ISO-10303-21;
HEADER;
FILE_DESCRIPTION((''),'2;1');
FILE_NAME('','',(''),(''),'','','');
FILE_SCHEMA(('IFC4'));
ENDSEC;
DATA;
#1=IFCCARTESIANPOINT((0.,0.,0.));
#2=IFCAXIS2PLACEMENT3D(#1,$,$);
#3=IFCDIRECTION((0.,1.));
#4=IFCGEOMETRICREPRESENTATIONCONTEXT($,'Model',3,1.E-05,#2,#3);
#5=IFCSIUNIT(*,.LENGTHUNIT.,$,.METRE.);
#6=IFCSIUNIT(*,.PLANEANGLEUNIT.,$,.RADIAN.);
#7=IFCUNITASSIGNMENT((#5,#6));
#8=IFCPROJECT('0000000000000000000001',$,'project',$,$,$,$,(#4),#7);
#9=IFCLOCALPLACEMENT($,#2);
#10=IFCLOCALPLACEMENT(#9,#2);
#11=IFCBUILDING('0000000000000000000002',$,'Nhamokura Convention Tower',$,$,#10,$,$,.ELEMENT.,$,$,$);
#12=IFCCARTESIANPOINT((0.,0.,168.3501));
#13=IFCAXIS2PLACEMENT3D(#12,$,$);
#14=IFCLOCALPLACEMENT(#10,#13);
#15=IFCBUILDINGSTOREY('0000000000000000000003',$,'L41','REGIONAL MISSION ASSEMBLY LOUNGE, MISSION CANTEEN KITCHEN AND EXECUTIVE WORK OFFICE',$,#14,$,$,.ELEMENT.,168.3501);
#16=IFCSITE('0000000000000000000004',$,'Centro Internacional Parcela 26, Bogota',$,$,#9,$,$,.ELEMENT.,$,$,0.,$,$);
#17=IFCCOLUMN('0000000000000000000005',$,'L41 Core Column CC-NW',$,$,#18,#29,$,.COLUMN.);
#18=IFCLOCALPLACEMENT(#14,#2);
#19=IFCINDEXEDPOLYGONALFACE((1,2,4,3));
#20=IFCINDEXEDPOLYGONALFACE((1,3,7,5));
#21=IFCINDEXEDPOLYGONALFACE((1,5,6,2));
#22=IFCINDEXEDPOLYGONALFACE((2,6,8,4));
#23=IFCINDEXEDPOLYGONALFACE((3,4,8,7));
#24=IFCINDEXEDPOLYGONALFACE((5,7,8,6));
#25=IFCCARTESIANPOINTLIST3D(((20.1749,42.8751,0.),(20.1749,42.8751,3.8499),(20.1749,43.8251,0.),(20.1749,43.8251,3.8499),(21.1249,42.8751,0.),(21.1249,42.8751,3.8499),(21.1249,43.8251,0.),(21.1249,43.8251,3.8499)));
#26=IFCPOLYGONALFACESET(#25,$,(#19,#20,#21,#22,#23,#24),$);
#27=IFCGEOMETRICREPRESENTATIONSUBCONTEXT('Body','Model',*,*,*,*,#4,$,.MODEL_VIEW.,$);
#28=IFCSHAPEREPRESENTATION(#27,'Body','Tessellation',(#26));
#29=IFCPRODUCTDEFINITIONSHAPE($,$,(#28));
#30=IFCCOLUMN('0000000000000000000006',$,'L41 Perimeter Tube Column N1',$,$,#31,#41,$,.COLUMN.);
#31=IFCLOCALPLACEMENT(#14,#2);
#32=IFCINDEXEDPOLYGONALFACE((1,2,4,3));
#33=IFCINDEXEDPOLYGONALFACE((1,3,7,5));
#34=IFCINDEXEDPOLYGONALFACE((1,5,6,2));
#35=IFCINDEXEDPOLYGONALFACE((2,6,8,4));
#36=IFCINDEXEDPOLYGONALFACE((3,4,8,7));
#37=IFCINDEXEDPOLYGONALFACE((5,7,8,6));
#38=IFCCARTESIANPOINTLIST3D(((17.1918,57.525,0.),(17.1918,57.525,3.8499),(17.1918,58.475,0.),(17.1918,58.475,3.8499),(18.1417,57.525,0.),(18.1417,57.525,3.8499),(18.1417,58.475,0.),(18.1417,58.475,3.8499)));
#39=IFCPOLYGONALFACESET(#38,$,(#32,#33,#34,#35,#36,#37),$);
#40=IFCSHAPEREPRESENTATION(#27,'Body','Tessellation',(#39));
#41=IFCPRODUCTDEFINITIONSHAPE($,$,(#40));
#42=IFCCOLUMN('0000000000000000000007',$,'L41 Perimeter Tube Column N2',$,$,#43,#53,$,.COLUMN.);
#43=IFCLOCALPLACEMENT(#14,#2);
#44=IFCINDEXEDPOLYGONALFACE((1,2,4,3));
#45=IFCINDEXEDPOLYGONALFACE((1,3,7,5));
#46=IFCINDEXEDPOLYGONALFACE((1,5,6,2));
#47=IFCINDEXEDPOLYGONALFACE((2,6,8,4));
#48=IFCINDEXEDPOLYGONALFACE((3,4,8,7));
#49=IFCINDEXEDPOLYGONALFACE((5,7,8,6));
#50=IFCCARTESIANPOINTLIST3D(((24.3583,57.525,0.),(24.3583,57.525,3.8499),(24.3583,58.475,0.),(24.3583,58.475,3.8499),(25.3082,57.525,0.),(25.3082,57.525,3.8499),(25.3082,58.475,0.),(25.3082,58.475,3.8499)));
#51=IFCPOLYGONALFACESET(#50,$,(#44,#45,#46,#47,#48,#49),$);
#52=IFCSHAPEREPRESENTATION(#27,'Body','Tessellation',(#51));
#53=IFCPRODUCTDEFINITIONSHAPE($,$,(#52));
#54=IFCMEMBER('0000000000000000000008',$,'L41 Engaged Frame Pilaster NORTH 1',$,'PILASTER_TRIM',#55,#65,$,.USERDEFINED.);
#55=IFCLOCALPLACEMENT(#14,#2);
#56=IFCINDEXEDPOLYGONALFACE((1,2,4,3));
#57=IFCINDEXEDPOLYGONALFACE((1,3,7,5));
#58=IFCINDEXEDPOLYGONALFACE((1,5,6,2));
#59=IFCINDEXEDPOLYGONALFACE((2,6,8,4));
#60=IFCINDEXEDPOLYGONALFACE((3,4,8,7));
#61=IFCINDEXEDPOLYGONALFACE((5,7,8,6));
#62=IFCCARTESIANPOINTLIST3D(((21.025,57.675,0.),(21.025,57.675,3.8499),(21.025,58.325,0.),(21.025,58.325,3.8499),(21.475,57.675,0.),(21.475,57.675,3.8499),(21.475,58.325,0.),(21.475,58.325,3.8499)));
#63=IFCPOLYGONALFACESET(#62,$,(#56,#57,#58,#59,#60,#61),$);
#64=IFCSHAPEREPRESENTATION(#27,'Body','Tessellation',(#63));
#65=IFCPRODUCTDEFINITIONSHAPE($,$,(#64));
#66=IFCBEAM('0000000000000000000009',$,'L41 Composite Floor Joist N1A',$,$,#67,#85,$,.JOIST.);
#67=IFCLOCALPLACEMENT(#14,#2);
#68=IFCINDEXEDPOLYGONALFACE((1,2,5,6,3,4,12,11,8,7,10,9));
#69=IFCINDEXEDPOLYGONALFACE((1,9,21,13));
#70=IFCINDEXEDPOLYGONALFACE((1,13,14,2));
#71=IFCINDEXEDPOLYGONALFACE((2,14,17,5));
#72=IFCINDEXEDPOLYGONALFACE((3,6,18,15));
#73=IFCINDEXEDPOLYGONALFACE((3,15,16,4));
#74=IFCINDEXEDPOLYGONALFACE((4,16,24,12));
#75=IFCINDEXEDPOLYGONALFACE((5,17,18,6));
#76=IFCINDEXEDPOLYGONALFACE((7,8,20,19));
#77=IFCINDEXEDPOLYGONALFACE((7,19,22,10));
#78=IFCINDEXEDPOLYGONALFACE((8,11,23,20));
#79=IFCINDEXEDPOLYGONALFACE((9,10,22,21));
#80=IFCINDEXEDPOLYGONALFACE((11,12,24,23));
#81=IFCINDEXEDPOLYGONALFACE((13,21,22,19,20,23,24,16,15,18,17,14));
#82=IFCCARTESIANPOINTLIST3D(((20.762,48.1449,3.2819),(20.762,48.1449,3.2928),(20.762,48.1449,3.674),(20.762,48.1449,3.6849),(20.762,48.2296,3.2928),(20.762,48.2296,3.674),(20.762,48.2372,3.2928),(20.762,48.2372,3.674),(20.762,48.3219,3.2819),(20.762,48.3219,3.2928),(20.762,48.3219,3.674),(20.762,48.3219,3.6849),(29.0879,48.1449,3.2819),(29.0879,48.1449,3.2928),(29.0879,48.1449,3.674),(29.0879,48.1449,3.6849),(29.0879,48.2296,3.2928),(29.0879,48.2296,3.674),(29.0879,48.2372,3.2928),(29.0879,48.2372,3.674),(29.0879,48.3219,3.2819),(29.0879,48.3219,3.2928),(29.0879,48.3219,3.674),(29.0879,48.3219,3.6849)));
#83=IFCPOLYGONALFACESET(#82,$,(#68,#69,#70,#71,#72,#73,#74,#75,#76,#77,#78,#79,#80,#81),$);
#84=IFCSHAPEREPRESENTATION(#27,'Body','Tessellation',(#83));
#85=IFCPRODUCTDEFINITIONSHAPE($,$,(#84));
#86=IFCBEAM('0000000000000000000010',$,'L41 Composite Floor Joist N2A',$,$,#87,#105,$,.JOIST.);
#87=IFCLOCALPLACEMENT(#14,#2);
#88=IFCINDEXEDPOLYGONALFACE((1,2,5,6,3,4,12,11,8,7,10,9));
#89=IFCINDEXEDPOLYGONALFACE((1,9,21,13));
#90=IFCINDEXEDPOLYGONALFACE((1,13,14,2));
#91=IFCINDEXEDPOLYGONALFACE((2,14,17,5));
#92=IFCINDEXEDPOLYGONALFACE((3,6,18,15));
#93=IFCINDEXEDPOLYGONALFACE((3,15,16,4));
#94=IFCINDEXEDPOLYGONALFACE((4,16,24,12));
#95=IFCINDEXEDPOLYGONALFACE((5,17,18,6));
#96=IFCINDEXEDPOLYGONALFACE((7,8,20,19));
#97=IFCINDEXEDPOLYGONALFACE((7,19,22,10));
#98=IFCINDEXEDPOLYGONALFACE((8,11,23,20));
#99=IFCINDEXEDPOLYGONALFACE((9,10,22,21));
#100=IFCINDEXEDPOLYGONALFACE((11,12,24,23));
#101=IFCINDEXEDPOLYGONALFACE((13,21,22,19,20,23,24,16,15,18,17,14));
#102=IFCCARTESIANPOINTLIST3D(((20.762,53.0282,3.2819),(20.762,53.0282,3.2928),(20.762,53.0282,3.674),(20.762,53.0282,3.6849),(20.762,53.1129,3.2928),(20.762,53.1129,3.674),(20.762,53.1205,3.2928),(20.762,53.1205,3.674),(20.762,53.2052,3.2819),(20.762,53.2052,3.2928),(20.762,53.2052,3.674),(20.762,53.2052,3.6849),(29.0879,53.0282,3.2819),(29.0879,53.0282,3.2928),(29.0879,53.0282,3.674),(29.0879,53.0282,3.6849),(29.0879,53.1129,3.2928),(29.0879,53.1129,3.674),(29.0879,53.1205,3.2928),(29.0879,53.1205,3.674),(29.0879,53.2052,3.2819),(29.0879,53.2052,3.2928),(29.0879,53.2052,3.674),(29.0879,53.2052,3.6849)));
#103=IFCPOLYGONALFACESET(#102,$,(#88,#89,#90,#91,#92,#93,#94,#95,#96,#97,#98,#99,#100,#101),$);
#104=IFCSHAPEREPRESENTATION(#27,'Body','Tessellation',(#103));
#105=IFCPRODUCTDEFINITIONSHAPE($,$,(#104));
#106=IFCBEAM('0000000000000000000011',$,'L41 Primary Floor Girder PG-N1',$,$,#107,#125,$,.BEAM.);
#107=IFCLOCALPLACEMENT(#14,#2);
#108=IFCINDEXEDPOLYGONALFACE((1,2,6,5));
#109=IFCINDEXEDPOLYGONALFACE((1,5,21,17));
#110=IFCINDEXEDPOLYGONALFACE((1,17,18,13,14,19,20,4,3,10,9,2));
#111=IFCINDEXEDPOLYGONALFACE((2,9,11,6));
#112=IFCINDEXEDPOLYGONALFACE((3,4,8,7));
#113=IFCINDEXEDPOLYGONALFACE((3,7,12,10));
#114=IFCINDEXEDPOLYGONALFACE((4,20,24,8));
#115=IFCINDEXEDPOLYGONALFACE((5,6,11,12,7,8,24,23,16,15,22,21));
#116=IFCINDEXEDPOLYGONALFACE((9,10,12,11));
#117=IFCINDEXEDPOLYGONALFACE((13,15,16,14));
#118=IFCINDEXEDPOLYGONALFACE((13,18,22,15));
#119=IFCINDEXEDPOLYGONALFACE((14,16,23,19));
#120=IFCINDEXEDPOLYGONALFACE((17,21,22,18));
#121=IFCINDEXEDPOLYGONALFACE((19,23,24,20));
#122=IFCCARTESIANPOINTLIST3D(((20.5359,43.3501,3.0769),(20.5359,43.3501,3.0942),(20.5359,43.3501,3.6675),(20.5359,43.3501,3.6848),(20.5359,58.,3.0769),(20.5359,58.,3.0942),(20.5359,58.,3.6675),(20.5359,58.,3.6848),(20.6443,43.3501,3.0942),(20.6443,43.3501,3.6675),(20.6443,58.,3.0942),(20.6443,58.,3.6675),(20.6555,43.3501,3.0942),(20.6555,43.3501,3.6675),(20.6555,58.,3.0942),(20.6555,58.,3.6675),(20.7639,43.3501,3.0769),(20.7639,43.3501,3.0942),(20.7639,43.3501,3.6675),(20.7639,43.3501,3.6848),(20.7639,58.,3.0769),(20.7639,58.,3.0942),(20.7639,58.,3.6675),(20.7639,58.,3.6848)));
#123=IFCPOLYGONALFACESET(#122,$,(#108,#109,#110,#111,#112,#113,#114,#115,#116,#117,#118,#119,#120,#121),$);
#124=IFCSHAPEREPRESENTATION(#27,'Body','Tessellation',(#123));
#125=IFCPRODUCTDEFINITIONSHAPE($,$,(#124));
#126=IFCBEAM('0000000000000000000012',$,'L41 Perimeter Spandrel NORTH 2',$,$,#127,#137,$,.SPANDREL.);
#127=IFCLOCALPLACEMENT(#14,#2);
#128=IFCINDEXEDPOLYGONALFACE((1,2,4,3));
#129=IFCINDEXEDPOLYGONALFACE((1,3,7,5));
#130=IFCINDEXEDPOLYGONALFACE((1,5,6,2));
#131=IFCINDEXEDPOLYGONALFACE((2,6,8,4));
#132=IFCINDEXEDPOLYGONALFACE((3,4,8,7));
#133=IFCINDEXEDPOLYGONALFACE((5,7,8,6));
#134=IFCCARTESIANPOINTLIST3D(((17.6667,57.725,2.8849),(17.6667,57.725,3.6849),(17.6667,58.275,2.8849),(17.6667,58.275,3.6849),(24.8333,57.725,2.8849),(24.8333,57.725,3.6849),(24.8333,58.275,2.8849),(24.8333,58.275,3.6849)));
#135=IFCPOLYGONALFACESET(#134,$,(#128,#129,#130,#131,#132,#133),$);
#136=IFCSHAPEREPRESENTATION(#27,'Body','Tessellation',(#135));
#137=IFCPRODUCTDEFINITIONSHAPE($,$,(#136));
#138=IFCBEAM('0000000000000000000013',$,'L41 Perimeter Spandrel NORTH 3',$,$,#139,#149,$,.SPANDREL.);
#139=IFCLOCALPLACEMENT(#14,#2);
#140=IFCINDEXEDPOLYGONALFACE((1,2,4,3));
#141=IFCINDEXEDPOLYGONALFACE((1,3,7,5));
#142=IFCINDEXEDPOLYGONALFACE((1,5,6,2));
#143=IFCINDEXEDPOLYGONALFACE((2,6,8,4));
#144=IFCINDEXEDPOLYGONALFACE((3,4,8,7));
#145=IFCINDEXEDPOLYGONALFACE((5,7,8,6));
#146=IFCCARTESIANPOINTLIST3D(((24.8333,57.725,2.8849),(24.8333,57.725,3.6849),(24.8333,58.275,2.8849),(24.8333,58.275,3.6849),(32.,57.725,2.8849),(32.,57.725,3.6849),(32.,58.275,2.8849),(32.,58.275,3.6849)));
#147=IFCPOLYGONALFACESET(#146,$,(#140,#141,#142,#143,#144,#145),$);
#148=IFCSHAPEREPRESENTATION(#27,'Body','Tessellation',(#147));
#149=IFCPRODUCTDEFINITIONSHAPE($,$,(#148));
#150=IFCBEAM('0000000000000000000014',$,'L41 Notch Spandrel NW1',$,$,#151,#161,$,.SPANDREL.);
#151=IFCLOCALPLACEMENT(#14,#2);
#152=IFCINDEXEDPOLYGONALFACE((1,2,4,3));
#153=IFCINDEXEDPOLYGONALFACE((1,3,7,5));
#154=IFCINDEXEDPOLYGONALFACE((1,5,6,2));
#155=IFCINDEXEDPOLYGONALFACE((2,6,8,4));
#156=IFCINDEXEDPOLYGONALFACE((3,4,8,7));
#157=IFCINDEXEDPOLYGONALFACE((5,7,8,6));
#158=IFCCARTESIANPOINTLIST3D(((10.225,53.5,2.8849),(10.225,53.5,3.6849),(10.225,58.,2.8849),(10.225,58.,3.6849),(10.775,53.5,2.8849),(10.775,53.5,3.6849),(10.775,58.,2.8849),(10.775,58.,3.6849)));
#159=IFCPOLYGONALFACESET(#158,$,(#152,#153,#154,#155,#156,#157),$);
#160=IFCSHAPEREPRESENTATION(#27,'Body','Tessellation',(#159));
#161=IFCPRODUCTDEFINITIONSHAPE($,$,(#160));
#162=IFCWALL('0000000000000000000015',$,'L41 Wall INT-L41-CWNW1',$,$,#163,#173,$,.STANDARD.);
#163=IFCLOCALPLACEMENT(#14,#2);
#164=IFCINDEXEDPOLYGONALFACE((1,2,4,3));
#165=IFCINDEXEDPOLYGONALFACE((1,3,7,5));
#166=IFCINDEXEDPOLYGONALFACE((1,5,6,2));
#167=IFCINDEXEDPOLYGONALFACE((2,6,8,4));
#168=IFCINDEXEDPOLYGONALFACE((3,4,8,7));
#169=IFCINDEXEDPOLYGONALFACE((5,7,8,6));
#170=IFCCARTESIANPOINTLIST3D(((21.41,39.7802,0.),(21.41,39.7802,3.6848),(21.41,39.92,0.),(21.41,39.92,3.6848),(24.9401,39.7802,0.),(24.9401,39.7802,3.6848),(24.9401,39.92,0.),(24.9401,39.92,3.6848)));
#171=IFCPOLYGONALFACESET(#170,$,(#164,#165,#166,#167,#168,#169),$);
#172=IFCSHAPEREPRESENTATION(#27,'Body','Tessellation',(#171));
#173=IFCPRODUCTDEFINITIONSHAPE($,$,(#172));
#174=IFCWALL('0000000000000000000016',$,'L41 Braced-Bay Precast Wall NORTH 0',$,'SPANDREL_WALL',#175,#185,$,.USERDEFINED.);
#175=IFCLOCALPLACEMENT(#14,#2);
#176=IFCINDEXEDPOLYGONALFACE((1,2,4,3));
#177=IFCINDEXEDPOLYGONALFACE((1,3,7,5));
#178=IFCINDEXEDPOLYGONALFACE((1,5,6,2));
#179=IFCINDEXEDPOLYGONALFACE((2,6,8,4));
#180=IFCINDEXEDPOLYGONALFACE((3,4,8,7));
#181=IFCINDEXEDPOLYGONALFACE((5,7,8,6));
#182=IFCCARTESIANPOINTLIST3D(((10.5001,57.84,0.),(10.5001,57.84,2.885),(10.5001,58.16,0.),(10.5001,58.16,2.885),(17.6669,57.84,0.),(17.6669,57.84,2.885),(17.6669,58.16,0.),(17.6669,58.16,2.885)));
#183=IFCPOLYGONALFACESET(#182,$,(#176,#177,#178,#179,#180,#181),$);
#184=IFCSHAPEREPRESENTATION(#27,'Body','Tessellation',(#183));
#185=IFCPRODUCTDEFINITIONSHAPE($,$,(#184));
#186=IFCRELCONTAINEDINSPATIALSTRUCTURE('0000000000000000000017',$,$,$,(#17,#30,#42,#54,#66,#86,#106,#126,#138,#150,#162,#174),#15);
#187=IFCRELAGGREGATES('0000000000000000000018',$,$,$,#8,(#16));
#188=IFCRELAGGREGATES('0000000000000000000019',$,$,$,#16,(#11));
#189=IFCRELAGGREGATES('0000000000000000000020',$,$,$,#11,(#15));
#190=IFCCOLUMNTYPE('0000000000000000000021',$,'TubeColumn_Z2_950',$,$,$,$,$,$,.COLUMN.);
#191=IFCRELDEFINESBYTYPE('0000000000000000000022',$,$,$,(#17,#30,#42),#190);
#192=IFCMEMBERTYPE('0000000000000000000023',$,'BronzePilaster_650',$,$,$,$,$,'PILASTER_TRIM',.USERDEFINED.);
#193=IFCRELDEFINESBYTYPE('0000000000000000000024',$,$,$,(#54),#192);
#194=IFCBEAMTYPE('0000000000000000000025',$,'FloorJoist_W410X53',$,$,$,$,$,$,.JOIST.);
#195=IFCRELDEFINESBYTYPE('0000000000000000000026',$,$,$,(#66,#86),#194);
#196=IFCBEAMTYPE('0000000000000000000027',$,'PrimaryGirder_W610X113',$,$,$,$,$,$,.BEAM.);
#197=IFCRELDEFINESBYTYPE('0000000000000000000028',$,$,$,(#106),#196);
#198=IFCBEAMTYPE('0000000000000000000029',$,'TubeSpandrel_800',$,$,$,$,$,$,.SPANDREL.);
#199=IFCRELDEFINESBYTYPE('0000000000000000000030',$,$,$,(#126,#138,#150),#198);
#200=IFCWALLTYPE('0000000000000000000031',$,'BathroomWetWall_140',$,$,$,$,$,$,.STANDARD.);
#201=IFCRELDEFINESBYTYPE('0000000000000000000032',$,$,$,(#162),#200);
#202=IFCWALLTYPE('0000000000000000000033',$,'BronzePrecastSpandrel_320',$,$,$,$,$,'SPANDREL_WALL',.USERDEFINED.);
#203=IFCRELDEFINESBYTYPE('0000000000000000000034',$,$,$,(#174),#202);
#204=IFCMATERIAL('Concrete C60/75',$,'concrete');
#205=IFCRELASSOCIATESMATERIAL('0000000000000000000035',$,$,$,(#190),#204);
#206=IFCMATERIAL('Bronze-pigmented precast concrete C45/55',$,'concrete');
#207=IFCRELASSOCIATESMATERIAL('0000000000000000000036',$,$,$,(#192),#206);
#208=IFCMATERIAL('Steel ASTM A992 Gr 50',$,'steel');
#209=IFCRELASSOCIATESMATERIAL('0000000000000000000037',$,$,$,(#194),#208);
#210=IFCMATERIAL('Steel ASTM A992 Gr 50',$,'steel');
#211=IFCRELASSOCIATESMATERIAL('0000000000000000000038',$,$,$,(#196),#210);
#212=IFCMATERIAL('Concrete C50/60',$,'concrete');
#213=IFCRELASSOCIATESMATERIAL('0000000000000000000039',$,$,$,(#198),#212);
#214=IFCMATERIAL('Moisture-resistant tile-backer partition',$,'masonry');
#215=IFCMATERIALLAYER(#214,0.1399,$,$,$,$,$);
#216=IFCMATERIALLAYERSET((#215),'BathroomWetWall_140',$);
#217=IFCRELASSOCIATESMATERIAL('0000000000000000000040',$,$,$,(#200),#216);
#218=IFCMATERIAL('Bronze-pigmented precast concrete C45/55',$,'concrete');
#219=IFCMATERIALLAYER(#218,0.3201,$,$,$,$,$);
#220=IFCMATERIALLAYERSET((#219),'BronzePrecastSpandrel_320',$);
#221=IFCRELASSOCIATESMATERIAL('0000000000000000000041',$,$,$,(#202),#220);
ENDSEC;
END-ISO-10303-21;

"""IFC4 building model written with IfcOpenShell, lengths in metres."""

from ifc_helpers import new_model, si_unit, direction, frame, frame_2d, origin, origin_2d, place, context, subcontext, project, spatial, rectangle, i_section, extrude, material, layer, layer_set, material_profile, profile_set, type_object, element, save


model = new_model("IFC4")

# Units and contexts
model_context = context("Model", 3, precision=1e-05, world=origin(), true_north=direction((0.0, 1.0)))
body_context = subcontext(model_context, "Body", "Model", "MODEL_VIEW")
ifc_project = project(units=[si_unit("LENGTHUNIT", "METRE"), si_unit("PLANEANGLEUNIT", "RADIAN")], contexts=[model_context])

# Site, building, storey
site_placement = place(None, origin())
site = spatial("IfcSite", under=ifc_project, at=site_placement, Name="Centro Internacional Parcela 26, Bogota", CompositionType="ELEMENT", RefElevation=0.0)
building_placement = place(site_placement, origin())
building = spatial("IfcBuilding", under=site, at=building_placement, Name="Nhamokura Convention Tower", CompositionType="ELEMENT")
storey_placement = place(building_placement, frame((0.0, 0.0, 168.3501)))
storey = spatial("IfcBuildingStorey", under=building, at=storey_placement, Name="L41", Description="REGIONAL MISSION ASSEMBLY LOUNGE, MISSION CANTEEN KITCHEN AND EXECUTIVE WORK OFFICE", CompositionType="ELEMENT", Elevation=168.3501)

# Columns
ifc_material_1 = material(Name="Concrete C60/75", Category="concrete")
ifc_material_profile_1 = material_profile(ifc_material_1, rectangle(XDim=0.95, YDim=0.95, at=origin_2d()))
ifc_profile_set_1 = profile_set([ifc_material_profile_1], Name="Concrete C60/75")
column_type = type_object("IfcColumnType", Name="TubeColumn_Z2_950", PredefinedType="COLUMN", material=ifc_profile_set_1)
for number, where, z_axis, x_axis, name in (
    (1, (20.6499, 43.3501, 0.0), (0.0, 0.0, 1.0), (1.0, 0.0, 0.0), "L41 Core Column CC-NW"),
    (2, (17.6667, 58.0, 0.0), (0.0, 0.0, 1.0), (1.0, 0.0, 0.0), "L41 Perimeter Tube Column N1"),
    (3, (24.8333, 58.0, 0.0), (0.0, 0.0, 1.0), (1.0, 0.0, 0.0), "L41 Perimeter Tube Column N2"),
):
    element("IfcColumn", number, at=place(storey_placement, frame(where, z_axis=z_axis, x_axis=x_axis)), inside=storey, type_object=column_type, Name=name, PredefinedType="COLUMN", context=body_context, shape_type="SweptSolid", body=[
        extrude(rectangle(XDim=0.95, YDim=0.95, at=origin_2d()), origin(), (0.0, 0.0, 1.0), 3.8499),
    ])

# Member
ifc_material_2 = material(Name="Bronze-pigmented precast concrete C45/55", Category="concrete")
ifc_material_profile_2 = material_profile(ifc_material_2, rectangle(XDim=0.45, YDim=0.6499, at=origin_2d()))
ifc_profile_set_2 = profile_set([ifc_material_profile_2], Name="Bronze-pigmented precast concrete C45/55")
member_type = type_object("IfcMemberType", Name="BronzePilaster_650", ElementType="PILASTER_TRIM", PredefinedType="USERDEFINED", material=ifc_profile_set_2)
member_placement = place(storey_placement, frame((21.25, 58.0, 0.0), z_axis=(0.0, 0.0, 1.0), x_axis=(1.0, 0.0, 0.0)))
element("IfcMember", 4, at=member_placement, inside=storey, type_object=member_type, Name="L41 Engaged Frame Pilaster NORTH 1", ObjectType="PILASTER_TRIM", PredefinedType="USERDEFINED", context=body_context, shape_type="SweptSolid", body=[
    extrude(rectangle(XDim=0.45, YDim=0.6499, at=origin_2d()), origin(), (0.0, 0.0, 1.0), 3.8499),
])

# Beams
ifc_material_3 = material(Name="Steel ASTM A992 Gr 50", Category="steel")
ifc_material_profile_3 = material_profile(ifc_material_3, i_section(OverallWidth=0.177, OverallDepth=0.4031, WebThickness=0.0076, FlangeThickness=0.011, at=origin_2d()))
ifc_profile_set_3 = profile_set([ifc_material_profile_3], Name="Steel ASTM A992 Gr 50")
beam_type_1 = type_object("IfcBeamType", Name="FloorJoist_W410X53", PredefinedType="JOIST", material=ifc_profile_set_3)
for number, where, z_axis, x_axis, name in (
    (5, (20.762, 48.2334, 3.4834), (1.0, 0.0, 0.0), (0.0, 1.0, 0.0), "L41 Composite Floor Joist N1A"),
    (6, (20.762, 53.1167, 3.4834), (1.0, 0.0, 0.0), (0.0, 1.0, 0.0), "L41 Composite Floor Joist N2A"),
):
    element("IfcBeam", number, at=place(storey_placement, frame(where, z_axis=z_axis, x_axis=x_axis)), inside=storey, type_object=beam_type_1, Name=name, PredefinedType="JOIST", context=body_context, shape_type="SweptSolid", body=[
        extrude(i_section(OverallWidth=0.177, OverallDepth=0.4031, WebThickness=0.0076, FlangeThickness=0.011, at=origin_2d()), origin(), (0.0, 0.0, 1.0), 8.3259),
    ])
ifc_material_4 = material(Name="Steel ASTM A992 Gr 50", Category="steel")
ifc_material_profile_4 = material_profile(ifc_material_4, i_section(OverallWidth=0.228, OverallDepth=0.6079, WebThickness=0.0112, FlangeThickness=0.0173, at=origin_2d()))
ifc_profile_set_4 = profile_set([ifc_material_profile_4], Name="Steel ASTM A992 Gr 50")
beam_type_2 = type_object("IfcBeamType", Name="PrimaryGirder_W610X113", PredefinedType="BEAM", material=ifc_profile_set_4)
beam_1_placement = place(storey_placement, frame((20.6499, 43.3501, 3.3809), z_axis=(0.0, 1.0, 0.0), x_axis=(-1.0, 0.0, 0.0)))
element("IfcBeam", 7, at=beam_1_placement, inside=storey, type_object=beam_type_2, Name="L41 Primary Floor Girder PG-N1", PredefinedType="BEAM", context=body_context, shape_type="SweptSolid", body=[
    extrude(i_section(OverallWidth=0.228, OverallDepth=0.6079, WebThickness=0.0112, FlangeThickness=0.0173, at=origin_2d()), origin(), (0.0, 0.0, 1.0), 14.6499),
])
ifc_material_5 = material(Name="Concrete C50/60", Category="concrete")
ifc_material_profile_5 = material_profile(ifc_material_5, rectangle(XDim=0.55, YDim=0.8, at=origin_2d()))
ifc_profile_set_5 = profile_set([ifc_material_profile_5], Name="Concrete C50/60")
beam_type_3 = type_object("IfcBeamType", Name="TubeSpandrel_800", PredefinedType="SPANDREL", material=ifc_profile_set_5)
beam_2_placement = place(storey_placement, frame((17.6667, 58.0, 3.2849), z_axis=(1.0, 0.0, 0.0), x_axis=(0.0, 1.0, 0.0)))
element("IfcBeam", 8, at=beam_2_placement, inside=storey, type_object=beam_type_3, Name="L41 Perimeter Spandrel NORTH 2", PredefinedType="SPANDREL", context=body_context, shape_type="SweptSolid", body=[
    extrude(rectangle(XDim=0.55, YDim=0.8, at=origin_2d()), origin(), (0.0, 0.0, 1.0), 7.1665),
])
beam_3_placement = place(storey_placement, frame((24.8333, 58.0, 3.2849), z_axis=(1.0, 0.0, 0.0), x_axis=(0.0, 1.0, 0.0)))
element("IfcBeam", 9, at=beam_3_placement, inside=storey, type_object=beam_type_3, Name="L41 Perimeter Spandrel NORTH 3", PredefinedType="SPANDREL", context=body_context, shape_type="SweptSolid", body=[
    extrude(rectangle(XDim=0.55, YDim=0.8, at=origin_2d()), origin(), (0.0, 0.0, 1.0), 7.1667),
])
beam_4_placement = place(storey_placement, frame((10.5, 58.0, 3.2849), z_axis=(0.0, -1.0, 0.0), x_axis=(1.0, 0.0, 0.0)))
element("IfcBeam", 10, at=beam_4_placement, inside=storey, type_object=beam_type_3, Name="L41 Notch Spandrel NW1", PredefinedType="SPANDREL", context=body_context, shape_type="SweptSolid", body=[
    extrude(rectangle(XDim=0.55, YDim=0.8, at=origin_2d()), origin(), (0.0, 0.0, 1.0), 4.5),
])

# Walls
ifc_material_6 = material(Name="Moisture-resistant tile-backer partition", Category="masonry")
ifc_layer_1 = layer(ifc_material_6, 0.1399)
ifc_layer_set_1 = layer_set([ifc_layer_1], Name="BathroomWetWall_140")
wall_type_1 = type_object("IfcWallType", Name="BathroomWetWall_140", PredefinedType="STANDARD", material=ifc_layer_set_1)
wall_1_placement = place(storey_placement, frame((21.4099, 39.8501, 0.0), z_axis=(0.0, 0.0, 1.0), x_axis=(1.0, 0.0, 0.0)))
element("IfcWall", 11, at=wall_1_placement, inside=storey, type_object=wall_type_1, Name="L41 Wall INT-L41-CWNW1", PredefinedType="STANDARD", context=body_context, shape_type="SweptSolid", body=[
    extrude(rectangle(XDim=3.53, YDim=0.1399, at=frame_2d((1.7651, 0.0))), origin(), (0.0, 0.0, 1.0), 3.6848),
])
ifc_material_7 = material(Name="Bronze-pigmented precast concrete C45/55", Category="concrete")
ifc_layer_2 = layer(ifc_material_7, 0.3201)
ifc_layer_set_2 = layer_set([ifc_layer_2], Name="BronzePrecastSpandrel_320")
wall_type_2 = type_object("IfcWallType", Name="BronzePrecastSpandrel_320", ElementType="SPANDREL_WALL", PredefinedType="USERDEFINED", material=ifc_layer_set_2)
wall_2_placement = place(storey_placement, frame((10.5, 58.0, 0.0), z_axis=(0.0, 0.0, 1.0), x_axis=(1.0, 0.0, 0.0)))
element("IfcWall", 12, at=wall_2_placement, inside=storey, type_object=wall_type_2, Name="L41 Braced-Bay Precast Wall NORTH 0", ObjectType="SPANDREL_WALL", PredefinedType="USERDEFINED", context=body_context, shape_type="SweptSolid", body=[
    extrude(rectangle(XDim=7.1667, YDim=0.3201, at=frame_2d((3.5835, 0.0))), origin(), (0.0, 0.0, 1.0), 2.885),
])

save(model, "model.ifc")
